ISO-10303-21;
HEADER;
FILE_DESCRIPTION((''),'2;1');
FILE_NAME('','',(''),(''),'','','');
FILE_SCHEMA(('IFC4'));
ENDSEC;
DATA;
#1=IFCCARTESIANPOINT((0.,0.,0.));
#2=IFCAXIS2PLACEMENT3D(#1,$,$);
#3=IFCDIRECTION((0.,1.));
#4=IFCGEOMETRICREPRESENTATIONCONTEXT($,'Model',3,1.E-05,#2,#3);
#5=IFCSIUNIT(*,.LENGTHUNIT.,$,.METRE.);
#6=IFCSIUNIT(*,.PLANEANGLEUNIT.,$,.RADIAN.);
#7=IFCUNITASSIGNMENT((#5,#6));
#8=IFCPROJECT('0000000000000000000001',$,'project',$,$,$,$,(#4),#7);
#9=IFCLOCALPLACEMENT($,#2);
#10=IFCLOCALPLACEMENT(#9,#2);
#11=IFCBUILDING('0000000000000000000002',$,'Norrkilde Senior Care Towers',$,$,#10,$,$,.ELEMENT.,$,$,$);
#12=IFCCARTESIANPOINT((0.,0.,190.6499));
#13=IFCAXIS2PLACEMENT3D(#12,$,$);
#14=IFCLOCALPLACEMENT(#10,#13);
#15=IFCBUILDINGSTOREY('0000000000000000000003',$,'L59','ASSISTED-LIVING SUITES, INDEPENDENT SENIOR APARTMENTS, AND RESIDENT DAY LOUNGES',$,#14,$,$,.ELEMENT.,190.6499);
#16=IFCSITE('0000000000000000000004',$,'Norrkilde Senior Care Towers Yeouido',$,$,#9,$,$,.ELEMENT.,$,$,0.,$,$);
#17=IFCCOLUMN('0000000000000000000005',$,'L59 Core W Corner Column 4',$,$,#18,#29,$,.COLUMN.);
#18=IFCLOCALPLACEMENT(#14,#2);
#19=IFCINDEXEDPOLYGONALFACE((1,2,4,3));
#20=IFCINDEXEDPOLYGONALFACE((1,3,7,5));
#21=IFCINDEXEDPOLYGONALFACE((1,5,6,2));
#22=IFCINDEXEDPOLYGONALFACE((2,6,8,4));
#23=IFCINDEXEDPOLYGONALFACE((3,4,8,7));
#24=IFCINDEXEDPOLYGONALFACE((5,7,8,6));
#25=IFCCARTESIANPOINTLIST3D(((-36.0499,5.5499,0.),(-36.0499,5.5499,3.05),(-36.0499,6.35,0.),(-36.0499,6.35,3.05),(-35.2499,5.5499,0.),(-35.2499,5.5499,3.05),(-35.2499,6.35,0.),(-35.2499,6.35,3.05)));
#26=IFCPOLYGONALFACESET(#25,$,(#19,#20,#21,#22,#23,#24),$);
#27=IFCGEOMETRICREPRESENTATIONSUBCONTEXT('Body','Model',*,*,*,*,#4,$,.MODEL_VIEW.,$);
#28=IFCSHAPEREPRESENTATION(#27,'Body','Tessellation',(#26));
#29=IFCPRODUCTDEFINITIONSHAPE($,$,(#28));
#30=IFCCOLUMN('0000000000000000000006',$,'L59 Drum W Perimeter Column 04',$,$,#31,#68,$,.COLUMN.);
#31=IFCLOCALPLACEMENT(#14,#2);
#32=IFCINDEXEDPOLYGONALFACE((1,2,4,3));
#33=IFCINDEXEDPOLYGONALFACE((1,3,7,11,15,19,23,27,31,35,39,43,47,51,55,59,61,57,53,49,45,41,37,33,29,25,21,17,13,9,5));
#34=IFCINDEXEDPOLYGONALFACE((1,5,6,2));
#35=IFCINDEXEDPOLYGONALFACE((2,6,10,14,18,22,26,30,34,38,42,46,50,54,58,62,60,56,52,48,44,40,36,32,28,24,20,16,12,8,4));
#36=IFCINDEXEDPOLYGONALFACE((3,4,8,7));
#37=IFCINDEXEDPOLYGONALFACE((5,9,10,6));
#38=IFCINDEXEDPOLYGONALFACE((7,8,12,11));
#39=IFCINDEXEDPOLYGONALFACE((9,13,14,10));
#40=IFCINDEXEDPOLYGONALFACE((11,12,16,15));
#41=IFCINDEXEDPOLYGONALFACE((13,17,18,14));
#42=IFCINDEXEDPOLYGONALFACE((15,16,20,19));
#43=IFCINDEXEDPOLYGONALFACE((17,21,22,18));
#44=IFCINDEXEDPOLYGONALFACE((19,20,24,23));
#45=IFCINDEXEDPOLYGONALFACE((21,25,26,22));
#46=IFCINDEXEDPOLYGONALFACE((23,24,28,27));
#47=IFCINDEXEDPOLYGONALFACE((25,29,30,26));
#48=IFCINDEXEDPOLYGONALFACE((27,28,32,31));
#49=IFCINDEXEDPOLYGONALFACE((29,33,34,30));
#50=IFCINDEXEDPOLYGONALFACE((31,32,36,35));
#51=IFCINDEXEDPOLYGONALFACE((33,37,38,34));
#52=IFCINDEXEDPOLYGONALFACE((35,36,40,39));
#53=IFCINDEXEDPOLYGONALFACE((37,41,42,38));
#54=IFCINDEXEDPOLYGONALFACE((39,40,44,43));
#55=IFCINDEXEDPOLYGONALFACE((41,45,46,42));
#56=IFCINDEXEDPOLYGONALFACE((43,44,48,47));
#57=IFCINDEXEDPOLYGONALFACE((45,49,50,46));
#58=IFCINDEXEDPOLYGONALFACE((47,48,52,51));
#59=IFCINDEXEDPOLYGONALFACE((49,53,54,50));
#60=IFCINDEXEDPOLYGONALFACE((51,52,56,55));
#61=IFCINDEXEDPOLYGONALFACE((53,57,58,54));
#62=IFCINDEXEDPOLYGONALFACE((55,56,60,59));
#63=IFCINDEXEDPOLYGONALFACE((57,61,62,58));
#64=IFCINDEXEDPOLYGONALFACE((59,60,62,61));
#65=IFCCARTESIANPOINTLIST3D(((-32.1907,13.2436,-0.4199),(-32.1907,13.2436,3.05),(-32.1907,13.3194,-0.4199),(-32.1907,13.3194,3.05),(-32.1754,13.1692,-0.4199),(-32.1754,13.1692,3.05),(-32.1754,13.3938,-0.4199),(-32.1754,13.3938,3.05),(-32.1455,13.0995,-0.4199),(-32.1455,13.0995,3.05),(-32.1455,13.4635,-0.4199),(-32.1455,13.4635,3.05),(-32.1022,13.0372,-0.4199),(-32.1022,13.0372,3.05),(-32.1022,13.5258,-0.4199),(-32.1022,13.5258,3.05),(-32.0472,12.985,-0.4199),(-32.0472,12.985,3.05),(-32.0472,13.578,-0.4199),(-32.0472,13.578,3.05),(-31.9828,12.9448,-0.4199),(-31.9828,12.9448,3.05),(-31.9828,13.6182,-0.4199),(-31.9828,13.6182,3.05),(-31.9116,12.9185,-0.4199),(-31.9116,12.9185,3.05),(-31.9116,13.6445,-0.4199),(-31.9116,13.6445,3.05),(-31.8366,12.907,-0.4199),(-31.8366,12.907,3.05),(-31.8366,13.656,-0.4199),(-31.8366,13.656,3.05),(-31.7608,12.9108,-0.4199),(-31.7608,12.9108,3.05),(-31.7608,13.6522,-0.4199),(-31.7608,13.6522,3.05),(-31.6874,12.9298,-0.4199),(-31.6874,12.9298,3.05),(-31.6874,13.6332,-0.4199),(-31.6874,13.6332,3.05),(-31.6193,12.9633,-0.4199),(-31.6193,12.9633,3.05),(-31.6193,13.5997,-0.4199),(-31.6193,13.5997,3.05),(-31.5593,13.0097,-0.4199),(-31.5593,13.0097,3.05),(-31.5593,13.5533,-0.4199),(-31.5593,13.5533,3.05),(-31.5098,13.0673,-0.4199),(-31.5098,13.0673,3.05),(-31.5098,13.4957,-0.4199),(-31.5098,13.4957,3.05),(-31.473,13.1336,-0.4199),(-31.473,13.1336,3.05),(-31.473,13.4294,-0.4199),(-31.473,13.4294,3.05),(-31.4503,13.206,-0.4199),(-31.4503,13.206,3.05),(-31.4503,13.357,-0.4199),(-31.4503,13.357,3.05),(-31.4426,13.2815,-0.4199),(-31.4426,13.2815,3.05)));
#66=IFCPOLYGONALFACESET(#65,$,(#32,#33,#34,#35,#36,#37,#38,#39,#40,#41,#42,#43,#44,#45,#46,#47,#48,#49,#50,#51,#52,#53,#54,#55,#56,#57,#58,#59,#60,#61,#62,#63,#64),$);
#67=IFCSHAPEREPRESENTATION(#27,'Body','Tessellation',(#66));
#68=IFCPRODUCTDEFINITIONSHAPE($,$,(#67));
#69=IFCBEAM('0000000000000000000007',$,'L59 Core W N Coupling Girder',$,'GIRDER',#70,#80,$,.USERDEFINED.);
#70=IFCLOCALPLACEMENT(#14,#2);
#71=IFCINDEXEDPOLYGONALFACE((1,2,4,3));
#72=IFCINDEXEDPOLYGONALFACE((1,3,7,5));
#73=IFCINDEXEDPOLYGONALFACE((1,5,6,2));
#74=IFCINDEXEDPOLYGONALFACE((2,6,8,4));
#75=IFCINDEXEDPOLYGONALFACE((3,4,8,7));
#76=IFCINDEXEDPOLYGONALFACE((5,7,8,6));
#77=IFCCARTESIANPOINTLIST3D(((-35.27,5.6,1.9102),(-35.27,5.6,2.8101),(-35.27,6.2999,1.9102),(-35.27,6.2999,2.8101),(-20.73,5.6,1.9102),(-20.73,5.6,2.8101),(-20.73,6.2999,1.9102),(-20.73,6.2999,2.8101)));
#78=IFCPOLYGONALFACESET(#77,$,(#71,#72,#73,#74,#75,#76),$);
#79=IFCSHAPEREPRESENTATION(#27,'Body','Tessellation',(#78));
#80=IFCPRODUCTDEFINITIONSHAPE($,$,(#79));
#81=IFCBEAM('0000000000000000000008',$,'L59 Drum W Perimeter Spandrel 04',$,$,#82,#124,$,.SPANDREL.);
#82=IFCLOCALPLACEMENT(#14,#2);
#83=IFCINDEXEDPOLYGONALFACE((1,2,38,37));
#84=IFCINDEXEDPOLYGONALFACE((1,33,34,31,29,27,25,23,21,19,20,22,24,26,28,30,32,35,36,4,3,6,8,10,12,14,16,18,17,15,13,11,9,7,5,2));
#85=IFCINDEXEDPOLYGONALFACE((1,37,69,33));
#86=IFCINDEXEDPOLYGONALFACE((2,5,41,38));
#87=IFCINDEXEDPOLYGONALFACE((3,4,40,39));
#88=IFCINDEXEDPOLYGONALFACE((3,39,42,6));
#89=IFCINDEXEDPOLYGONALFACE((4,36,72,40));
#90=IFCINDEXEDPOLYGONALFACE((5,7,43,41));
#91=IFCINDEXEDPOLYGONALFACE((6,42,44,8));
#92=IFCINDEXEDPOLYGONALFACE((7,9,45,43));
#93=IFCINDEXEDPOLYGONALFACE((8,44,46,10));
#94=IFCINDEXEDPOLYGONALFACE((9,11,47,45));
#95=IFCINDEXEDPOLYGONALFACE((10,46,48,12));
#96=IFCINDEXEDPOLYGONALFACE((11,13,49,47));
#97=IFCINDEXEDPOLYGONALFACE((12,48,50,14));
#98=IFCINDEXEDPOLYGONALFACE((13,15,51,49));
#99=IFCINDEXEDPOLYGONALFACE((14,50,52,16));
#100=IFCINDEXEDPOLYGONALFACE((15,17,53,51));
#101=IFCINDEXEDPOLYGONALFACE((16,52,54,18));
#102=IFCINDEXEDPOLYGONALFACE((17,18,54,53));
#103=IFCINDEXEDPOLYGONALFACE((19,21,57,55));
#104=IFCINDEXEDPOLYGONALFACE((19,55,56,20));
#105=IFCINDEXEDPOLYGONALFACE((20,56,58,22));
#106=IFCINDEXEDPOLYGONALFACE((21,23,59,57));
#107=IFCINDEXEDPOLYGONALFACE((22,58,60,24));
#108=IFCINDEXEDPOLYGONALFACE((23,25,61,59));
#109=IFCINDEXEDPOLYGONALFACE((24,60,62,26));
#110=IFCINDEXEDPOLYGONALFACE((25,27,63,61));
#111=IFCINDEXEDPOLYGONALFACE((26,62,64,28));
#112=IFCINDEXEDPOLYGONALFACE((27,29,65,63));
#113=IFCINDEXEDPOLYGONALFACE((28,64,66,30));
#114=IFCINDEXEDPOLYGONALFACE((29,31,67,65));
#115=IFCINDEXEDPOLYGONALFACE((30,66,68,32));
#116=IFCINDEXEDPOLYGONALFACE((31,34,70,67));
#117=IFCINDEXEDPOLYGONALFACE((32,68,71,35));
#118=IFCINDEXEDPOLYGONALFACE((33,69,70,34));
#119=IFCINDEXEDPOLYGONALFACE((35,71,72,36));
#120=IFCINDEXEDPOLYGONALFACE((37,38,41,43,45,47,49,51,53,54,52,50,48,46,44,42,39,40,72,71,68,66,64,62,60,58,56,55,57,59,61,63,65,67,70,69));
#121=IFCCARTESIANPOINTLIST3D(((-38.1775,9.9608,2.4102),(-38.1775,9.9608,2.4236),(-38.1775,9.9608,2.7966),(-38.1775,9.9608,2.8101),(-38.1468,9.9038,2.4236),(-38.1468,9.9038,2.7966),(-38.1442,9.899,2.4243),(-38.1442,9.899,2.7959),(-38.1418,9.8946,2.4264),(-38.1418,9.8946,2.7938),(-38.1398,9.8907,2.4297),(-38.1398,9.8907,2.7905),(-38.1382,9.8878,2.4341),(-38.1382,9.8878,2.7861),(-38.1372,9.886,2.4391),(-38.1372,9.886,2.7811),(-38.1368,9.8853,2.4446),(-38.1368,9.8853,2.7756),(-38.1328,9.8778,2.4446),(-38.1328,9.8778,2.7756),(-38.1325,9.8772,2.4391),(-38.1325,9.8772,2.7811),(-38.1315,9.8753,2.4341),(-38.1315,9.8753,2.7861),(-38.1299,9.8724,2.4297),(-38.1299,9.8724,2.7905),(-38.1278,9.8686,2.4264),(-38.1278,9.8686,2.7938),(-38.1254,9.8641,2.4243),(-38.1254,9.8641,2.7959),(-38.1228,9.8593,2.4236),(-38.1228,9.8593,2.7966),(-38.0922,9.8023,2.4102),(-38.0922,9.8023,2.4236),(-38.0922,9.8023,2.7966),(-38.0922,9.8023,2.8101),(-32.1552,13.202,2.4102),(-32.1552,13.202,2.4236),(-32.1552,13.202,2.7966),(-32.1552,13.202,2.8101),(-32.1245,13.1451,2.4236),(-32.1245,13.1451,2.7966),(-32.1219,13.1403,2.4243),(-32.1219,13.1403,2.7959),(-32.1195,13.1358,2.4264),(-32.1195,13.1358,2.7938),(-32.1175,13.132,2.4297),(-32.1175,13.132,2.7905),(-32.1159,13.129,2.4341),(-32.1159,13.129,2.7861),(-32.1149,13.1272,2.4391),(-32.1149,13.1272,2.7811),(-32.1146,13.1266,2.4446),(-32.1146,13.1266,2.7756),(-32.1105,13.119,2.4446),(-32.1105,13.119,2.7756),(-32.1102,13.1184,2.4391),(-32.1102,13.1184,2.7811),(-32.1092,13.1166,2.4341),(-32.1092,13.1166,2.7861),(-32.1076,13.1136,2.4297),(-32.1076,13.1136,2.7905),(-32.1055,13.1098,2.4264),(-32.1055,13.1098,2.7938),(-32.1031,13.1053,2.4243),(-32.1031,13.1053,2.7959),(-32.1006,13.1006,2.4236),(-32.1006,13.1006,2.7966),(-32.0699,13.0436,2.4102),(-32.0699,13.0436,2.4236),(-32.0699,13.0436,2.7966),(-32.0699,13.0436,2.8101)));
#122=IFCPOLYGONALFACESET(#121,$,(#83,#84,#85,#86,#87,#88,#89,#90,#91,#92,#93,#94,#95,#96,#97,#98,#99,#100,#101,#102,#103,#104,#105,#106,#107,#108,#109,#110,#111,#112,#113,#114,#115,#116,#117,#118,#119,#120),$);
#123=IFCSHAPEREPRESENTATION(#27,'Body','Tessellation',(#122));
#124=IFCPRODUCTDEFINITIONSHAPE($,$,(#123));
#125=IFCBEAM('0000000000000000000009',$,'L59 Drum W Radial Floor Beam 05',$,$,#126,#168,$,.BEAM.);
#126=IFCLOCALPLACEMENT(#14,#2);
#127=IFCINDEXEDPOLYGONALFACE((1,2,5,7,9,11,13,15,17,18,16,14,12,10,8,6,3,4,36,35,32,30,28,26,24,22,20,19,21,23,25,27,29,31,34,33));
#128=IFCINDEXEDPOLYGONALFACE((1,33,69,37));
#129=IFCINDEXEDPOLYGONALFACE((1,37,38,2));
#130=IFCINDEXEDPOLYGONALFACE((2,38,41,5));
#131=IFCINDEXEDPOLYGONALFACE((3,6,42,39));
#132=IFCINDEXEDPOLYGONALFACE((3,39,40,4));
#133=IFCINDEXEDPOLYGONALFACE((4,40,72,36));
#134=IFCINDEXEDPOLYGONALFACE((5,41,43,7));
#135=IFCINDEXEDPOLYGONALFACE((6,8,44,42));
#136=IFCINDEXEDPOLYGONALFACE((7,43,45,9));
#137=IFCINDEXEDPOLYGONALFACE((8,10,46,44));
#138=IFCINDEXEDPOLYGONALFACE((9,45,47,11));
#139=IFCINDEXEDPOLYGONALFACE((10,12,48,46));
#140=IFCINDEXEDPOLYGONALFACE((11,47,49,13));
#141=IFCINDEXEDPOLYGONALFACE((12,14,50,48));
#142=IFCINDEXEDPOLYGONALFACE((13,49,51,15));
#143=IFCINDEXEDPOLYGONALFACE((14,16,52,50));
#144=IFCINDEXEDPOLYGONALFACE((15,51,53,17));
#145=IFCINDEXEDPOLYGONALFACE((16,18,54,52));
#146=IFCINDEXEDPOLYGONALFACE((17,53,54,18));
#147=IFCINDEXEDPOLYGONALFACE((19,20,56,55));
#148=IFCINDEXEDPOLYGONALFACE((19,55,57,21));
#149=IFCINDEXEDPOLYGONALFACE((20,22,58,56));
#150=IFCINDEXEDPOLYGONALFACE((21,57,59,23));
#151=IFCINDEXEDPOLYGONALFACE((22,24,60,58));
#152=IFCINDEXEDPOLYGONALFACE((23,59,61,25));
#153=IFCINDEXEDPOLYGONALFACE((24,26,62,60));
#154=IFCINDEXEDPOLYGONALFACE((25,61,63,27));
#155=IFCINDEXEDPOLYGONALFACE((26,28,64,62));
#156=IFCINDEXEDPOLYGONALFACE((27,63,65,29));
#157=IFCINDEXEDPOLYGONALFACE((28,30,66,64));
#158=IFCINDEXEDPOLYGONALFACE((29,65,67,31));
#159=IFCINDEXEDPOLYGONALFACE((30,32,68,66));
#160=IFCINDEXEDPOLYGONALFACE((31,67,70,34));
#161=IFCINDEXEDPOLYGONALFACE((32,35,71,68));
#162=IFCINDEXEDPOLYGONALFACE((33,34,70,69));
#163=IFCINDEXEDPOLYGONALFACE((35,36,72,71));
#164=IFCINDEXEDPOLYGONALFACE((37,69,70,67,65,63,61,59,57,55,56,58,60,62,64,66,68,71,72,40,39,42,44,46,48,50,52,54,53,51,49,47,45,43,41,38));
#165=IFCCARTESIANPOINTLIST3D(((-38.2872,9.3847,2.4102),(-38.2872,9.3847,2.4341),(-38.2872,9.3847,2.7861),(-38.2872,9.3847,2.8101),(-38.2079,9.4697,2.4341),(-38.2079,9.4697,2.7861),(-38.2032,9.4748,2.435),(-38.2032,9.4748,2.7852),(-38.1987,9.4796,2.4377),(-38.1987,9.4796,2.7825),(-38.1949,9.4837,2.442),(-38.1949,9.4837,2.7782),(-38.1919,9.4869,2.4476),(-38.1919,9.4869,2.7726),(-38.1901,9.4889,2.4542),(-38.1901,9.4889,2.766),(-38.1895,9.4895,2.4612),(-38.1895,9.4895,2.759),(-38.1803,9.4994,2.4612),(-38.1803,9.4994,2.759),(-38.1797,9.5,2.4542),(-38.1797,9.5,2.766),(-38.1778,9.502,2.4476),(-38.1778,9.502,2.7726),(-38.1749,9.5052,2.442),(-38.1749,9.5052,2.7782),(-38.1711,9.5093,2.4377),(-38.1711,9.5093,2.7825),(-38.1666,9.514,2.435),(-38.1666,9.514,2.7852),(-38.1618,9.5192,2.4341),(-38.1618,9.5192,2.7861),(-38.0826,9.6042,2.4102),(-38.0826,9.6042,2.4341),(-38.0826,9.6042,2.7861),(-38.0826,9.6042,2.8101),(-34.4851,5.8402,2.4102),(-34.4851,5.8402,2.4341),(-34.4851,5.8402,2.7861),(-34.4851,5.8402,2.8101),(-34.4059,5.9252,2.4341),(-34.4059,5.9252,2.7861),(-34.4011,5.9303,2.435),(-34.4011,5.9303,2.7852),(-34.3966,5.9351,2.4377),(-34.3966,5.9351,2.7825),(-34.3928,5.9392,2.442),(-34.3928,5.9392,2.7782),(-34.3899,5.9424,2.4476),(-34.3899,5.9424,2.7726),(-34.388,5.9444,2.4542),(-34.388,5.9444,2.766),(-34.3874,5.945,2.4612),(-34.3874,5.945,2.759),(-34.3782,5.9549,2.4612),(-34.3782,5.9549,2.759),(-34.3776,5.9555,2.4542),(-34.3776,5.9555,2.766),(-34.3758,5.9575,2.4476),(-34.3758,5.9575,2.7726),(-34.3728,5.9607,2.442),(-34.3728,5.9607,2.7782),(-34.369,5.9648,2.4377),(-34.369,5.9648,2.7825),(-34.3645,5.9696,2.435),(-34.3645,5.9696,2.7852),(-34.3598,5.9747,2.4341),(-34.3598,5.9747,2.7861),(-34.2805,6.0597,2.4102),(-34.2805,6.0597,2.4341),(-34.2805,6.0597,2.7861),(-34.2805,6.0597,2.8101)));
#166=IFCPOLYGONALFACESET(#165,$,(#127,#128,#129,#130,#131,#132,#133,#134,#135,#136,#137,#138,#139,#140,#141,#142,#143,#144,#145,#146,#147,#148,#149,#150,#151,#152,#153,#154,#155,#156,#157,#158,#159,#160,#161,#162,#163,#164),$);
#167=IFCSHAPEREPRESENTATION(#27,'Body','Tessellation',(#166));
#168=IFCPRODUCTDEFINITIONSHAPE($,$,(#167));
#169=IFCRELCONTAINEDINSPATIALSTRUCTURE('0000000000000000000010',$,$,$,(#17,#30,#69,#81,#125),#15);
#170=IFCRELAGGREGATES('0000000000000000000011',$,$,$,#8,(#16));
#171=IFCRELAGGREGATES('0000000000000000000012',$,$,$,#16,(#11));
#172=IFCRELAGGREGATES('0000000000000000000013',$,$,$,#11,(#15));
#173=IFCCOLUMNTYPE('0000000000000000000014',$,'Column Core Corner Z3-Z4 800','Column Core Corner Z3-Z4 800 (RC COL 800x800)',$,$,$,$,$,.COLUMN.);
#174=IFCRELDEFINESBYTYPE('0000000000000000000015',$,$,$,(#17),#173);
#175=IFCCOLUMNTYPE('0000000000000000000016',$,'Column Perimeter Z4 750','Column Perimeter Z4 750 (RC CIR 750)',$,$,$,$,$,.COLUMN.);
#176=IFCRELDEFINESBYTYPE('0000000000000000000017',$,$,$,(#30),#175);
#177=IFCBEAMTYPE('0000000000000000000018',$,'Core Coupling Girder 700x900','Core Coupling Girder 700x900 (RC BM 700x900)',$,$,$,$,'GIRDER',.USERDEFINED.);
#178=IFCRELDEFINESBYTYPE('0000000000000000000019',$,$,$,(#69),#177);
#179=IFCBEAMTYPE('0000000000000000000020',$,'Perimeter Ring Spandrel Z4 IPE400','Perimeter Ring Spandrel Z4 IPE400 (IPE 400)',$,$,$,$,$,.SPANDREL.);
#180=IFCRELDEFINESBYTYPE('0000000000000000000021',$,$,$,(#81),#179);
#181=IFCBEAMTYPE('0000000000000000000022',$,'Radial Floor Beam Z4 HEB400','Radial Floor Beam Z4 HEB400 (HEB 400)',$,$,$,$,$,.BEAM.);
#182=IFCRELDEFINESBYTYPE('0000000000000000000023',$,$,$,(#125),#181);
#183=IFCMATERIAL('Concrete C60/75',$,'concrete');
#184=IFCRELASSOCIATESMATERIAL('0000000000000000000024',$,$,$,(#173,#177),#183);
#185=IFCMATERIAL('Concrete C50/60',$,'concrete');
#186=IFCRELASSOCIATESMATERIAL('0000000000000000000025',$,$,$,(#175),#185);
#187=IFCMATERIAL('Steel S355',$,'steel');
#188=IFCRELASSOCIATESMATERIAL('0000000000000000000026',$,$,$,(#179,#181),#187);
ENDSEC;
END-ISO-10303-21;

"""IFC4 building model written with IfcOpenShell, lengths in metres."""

from ifc_helpers import new_model, si_unit, direction, frame, origin, origin_2d, place, context, subcontext, project, spatial, rectangle, circle, i_section, extrude, source, transform, mapped, material, material_profile, profile_set, type_object, type_shapes, element, save


model = new_model("IFC4")

# Units and contexts
model_context = context("Model", 3, precision=1e-05, world=origin(), true_north=direction((0.0, 1.0)))
body_context = subcontext(model_context, "Body", "Model", "MODEL_VIEW")
ifc_project = project(units=[si_unit("LENGTHUNIT", "METRE"), si_unit("PLANEANGLEUNIT", "RADIAN")], contexts=[model_context])

# Site, building, storey
site_placement = place(None, origin())
site = spatial("IfcSite", under=ifc_project, at=site_placement, Name="Norrkilde Senior Care Towers Yeouido", CompositionType="ELEMENT", RefElevation=0.0)
building_placement = place(site_placement, origin())
building = spatial("IfcBuilding", under=site, at=building_placement, Name="Norrkilde Senior Care Towers", CompositionType="ELEMENT")
storey_placement = place(building_placement, frame((0.0, 0.0, 190.6499)))
storey = spatial("IfcBuildingStorey", under=building, at=storey_placement, Name="L59", Description="ASSISTED-LIVING SUITES, INDEPENDENT SENIOR APARTMENTS, AND RESIDENT DAY LOUNGES", CompositionType="ELEMENT", Elevation=190.6499)

# Columns
ifc_material_1 = material(Name="Concrete C60/75", Category="concrete")
ifc_material_profile_1 = material_profile(ifc_material_1, rectangle(XDim=0.8, YDim=0.8, at=origin_2d()), Name="RC COL 800x800")
ifc_profile_set_1 = profile_set([ifc_material_profile_1], Name="Concrete C60/75")
column_type_1 = type_object("IfcColumnType", Name="Column Core Corner Z3-Z4 800", Description="Column Core Corner Z3-Z4 800 (RC COL 800x800)", PredefinedType="COLUMN", material=ifc_profile_set_1)
shared_shape_1 = source(origin(), body_context, "Body", "SweptSolid", [
    extrude(rectangle(XDim=0.8, YDim=0.8, at=origin_2d()), origin(), (0.0, 0.0, 1.0), 3.05),
])
type_shapes(column_type_1, [shared_shape_1])
column_1_placement = place(storey_placement, frame((-35.6499, 5.95, 0.0), z_axis=(0.0, 0.0, 1.0), x_axis=(1.0, 0.0, 0.0)))
element("IfcColumn", 1, at=column_1_placement, inside=storey, type_object=column_type_1, Name="L59 Core W Corner Column 4", PredefinedType="COLUMN", context=body_context, shape_type="MappedRepresentation", body=[
    mapped(shared_shape_1, transform((0.0, 0.0, 0.0), x_axis=(1.0, 0.0, 0.0), y_axis=(0.0, 1.0, 0.0), z_axis=(0.0, 0.0, 1.0), scale=1.0)),
])
ifc_material_2 = material(Name="Concrete C50/60", Category="concrete")
ifc_material_profile_2 = material_profile(ifc_material_2, circle(Radius=0.375, at=origin_2d()), Name="RC CIR 750")
ifc_profile_set_2 = profile_set([ifc_material_profile_2], Name="Concrete C50/60")
column_type_2 = type_object("IfcColumnType", Name="Column Perimeter Z4 750", Description="Column Perimeter Z4 750 (RC CIR 750)", PredefinedType="COLUMN", material=ifc_profile_set_2)
shared_shape_2 = source(origin(), body_context, "Body", "SweptSolid", [
    extrude(circle(Radius=0.375, at=origin_2d()), origin(), (0.0, 0.0, 1.0), 3.47),
])
type_shapes(column_type_2, [shared_shape_2])
column_2_placement = place(storey_placement, frame((-31.8176, 13.2815, -0.4199), z_axis=(0.0, 0.0, 1.0), x_axis=(1.0, 0.0, 0.0)))
element("IfcColumn", 2, at=column_2_placement, inside=storey, type_object=column_type_2, Name="L59 Drum W Perimeter Column 04", PredefinedType="COLUMN", context=body_context, shape_type="MappedRepresentation", body=[
    mapped(shared_shape_2, transform((0.0, 0.0, 0.0), x_axis=(1.0, 0.0, 0.0), y_axis=(0.0, 1.0, 0.0), z_axis=(0.0, 0.0, 1.0), scale=1.0)),
])

# Beams
ifc_material_profile_3 = material_profile(ifc_material_1, rectangle(XDim=0.7, YDim=0.8999, at=origin_2d()), Name="RC BM 700x900")
ifc_profile_set_3 = profile_set([ifc_material_profile_3], Name="Concrete C60/75")
beam_type_1 = type_object("IfcBeamType", Name="Core Coupling Girder 700x900", Description="Core Coupling Girder 700x900 (RC BM 700x900)", ElementType="GIRDER", PredefinedType="USERDEFINED", material=ifc_profile_set_3)
shared_shape_3 = source(origin(), body_context, "Body", "SweptSolid", [
    extrude(rectangle(XDim=0.7, YDim=0.8999, at=origin_2d()), origin(), (0.0, 0.0, 1.0), 14.54),
])
type_shapes(beam_type_1, [shared_shape_3])
beam_1_placement = place(storey_placement, frame((-35.27, 5.95, 2.3601), z_axis=(1.0, 0.0, 0.0), x_axis=(0.0, 1.0, 0.0)))
element("IfcBeam", 3, at=beam_1_placement, inside=storey, type_object=beam_type_1, Name="L59 Core W N Coupling Girder", ObjectType="GIRDER", PredefinedType="USERDEFINED", context=body_context, shape_type="MappedRepresentation", body=[
    mapped(shared_shape_3, transform((0.0, 0.0, 0.0), x_axis=(1.0, 0.0, 0.0), y_axis=(0.0, 1.0, 0.0), z_axis=(0.0, 0.0, 1.0), scale=1.0)),
])
ifc_material_3 = material(Name="Steel S355", Category="steel")
ifc_material_profile_4 = material_profile(ifc_material_3, i_section(OverallWidth=0.1799, OverallDepth=0.3999, WebThickness=0.0085, FlangeThickness=0.0134, FilletRadius=0.021, at=origin_2d()), Name="IPE 400")
ifc_profile_set_4 = profile_set([ifc_material_profile_4], Name="Steel S355")
beam_type_2 = type_object("IfcBeamType", Name="Perimeter Ring Spandrel Z4 IPE400", Description="Perimeter Ring Spandrel Z4 IPE400 (IPE 400)", PredefinedType="SPANDREL", material=ifc_profile_set_4)
shared_shape_4 = source(origin(), body_context, "Body", "SweptSolid", [
    extrude(i_section(OverallWidth=0.1799, OverallDepth=0.3999, WebThickness=0.0085, FlangeThickness=0.0134, FilletRadius=0.021, at=origin_2d()), origin(), (0.0, 0.0, 1.0), 6.8391),
])
type_shapes(beam_type_2, [shared_shape_4])
beam_2_placement = place(storey_placement, frame((-32.1125, 13.1228, 2.6101), z_axis=(-0.880564, -0.473927, 0.0), x_axis=(0.473927, -0.880564, 0.0)))
element("IfcBeam", 4, at=beam_2_placement, inside=storey, type_object=beam_type_2, Name="L59 Drum W Perimeter Spandrel 04", PredefinedType="SPANDREL", context=body_context, shape_type="MappedRepresentation", body=[
    mapped(shared_shape_4, transform((0.0, 0.0, 0.0), x_axis=(1.0, 0.0, 0.0), y_axis=(0.0, 1.0, 0.0), z_axis=(0.0, 0.0, 1.0), scale=1.0)),
])
ifc_material_profile_5 = material_profile(ifc_material_3, i_section(OverallWidth=0.3, OverallDepth=0.3999, WebThickness=0.0134, FlangeThickness=0.0239, FilletRadius=0.0271, at=origin_2d()), Name="HEB 400")
ifc_profile_set_5 = profile_set([ifc_material_profile_5], Name="Steel S355")
beam_type_3 = type_object("IfcBeamType", Name="Radial Floor Beam Z4 HEB400", Description="Radial Floor Beam Z4 HEB400 (HEB 400)", PredefinedType="BEAM", material=ifc_profile_set_5)
shared_shape_5 = source(origin(), body_context, "Body", "SweptSolid", [
    extrude(i_section(OverallWidth=0.3, OverallDepth=0.3999, WebThickness=0.0134, FlangeThickness=0.0239, FilletRadius=0.0271, at=origin_2d()), origin(), (0.0, 0.0, 1.0), 5.198),
])
beam_3_placement = place(storey_placement, frame((-34.3828, 5.95, 2.6101), z_axis=(-0.731449, 0.681896, 0.0), x_axis=(-0.681896, -0.731449, 0.0)))
element("IfcBeam", 5, at=beam_3_placement, inside=storey, type_object=beam_type_3, Name="L59 Drum W Radial Floor Beam 05", PredefinedType="BEAM", context=body_context, shape_type="MappedRepresentation", body=[
    mapped(shared_shape_5, transform((0.0, 0.0, 0.0), x_axis=(1.0, 0.0, 0.0), y_axis=(0.0, 1.0, 0.0), z_axis=(0.0, 0.0, 1.0), scale=1.0)),
])

save(model, "model.ifc")
